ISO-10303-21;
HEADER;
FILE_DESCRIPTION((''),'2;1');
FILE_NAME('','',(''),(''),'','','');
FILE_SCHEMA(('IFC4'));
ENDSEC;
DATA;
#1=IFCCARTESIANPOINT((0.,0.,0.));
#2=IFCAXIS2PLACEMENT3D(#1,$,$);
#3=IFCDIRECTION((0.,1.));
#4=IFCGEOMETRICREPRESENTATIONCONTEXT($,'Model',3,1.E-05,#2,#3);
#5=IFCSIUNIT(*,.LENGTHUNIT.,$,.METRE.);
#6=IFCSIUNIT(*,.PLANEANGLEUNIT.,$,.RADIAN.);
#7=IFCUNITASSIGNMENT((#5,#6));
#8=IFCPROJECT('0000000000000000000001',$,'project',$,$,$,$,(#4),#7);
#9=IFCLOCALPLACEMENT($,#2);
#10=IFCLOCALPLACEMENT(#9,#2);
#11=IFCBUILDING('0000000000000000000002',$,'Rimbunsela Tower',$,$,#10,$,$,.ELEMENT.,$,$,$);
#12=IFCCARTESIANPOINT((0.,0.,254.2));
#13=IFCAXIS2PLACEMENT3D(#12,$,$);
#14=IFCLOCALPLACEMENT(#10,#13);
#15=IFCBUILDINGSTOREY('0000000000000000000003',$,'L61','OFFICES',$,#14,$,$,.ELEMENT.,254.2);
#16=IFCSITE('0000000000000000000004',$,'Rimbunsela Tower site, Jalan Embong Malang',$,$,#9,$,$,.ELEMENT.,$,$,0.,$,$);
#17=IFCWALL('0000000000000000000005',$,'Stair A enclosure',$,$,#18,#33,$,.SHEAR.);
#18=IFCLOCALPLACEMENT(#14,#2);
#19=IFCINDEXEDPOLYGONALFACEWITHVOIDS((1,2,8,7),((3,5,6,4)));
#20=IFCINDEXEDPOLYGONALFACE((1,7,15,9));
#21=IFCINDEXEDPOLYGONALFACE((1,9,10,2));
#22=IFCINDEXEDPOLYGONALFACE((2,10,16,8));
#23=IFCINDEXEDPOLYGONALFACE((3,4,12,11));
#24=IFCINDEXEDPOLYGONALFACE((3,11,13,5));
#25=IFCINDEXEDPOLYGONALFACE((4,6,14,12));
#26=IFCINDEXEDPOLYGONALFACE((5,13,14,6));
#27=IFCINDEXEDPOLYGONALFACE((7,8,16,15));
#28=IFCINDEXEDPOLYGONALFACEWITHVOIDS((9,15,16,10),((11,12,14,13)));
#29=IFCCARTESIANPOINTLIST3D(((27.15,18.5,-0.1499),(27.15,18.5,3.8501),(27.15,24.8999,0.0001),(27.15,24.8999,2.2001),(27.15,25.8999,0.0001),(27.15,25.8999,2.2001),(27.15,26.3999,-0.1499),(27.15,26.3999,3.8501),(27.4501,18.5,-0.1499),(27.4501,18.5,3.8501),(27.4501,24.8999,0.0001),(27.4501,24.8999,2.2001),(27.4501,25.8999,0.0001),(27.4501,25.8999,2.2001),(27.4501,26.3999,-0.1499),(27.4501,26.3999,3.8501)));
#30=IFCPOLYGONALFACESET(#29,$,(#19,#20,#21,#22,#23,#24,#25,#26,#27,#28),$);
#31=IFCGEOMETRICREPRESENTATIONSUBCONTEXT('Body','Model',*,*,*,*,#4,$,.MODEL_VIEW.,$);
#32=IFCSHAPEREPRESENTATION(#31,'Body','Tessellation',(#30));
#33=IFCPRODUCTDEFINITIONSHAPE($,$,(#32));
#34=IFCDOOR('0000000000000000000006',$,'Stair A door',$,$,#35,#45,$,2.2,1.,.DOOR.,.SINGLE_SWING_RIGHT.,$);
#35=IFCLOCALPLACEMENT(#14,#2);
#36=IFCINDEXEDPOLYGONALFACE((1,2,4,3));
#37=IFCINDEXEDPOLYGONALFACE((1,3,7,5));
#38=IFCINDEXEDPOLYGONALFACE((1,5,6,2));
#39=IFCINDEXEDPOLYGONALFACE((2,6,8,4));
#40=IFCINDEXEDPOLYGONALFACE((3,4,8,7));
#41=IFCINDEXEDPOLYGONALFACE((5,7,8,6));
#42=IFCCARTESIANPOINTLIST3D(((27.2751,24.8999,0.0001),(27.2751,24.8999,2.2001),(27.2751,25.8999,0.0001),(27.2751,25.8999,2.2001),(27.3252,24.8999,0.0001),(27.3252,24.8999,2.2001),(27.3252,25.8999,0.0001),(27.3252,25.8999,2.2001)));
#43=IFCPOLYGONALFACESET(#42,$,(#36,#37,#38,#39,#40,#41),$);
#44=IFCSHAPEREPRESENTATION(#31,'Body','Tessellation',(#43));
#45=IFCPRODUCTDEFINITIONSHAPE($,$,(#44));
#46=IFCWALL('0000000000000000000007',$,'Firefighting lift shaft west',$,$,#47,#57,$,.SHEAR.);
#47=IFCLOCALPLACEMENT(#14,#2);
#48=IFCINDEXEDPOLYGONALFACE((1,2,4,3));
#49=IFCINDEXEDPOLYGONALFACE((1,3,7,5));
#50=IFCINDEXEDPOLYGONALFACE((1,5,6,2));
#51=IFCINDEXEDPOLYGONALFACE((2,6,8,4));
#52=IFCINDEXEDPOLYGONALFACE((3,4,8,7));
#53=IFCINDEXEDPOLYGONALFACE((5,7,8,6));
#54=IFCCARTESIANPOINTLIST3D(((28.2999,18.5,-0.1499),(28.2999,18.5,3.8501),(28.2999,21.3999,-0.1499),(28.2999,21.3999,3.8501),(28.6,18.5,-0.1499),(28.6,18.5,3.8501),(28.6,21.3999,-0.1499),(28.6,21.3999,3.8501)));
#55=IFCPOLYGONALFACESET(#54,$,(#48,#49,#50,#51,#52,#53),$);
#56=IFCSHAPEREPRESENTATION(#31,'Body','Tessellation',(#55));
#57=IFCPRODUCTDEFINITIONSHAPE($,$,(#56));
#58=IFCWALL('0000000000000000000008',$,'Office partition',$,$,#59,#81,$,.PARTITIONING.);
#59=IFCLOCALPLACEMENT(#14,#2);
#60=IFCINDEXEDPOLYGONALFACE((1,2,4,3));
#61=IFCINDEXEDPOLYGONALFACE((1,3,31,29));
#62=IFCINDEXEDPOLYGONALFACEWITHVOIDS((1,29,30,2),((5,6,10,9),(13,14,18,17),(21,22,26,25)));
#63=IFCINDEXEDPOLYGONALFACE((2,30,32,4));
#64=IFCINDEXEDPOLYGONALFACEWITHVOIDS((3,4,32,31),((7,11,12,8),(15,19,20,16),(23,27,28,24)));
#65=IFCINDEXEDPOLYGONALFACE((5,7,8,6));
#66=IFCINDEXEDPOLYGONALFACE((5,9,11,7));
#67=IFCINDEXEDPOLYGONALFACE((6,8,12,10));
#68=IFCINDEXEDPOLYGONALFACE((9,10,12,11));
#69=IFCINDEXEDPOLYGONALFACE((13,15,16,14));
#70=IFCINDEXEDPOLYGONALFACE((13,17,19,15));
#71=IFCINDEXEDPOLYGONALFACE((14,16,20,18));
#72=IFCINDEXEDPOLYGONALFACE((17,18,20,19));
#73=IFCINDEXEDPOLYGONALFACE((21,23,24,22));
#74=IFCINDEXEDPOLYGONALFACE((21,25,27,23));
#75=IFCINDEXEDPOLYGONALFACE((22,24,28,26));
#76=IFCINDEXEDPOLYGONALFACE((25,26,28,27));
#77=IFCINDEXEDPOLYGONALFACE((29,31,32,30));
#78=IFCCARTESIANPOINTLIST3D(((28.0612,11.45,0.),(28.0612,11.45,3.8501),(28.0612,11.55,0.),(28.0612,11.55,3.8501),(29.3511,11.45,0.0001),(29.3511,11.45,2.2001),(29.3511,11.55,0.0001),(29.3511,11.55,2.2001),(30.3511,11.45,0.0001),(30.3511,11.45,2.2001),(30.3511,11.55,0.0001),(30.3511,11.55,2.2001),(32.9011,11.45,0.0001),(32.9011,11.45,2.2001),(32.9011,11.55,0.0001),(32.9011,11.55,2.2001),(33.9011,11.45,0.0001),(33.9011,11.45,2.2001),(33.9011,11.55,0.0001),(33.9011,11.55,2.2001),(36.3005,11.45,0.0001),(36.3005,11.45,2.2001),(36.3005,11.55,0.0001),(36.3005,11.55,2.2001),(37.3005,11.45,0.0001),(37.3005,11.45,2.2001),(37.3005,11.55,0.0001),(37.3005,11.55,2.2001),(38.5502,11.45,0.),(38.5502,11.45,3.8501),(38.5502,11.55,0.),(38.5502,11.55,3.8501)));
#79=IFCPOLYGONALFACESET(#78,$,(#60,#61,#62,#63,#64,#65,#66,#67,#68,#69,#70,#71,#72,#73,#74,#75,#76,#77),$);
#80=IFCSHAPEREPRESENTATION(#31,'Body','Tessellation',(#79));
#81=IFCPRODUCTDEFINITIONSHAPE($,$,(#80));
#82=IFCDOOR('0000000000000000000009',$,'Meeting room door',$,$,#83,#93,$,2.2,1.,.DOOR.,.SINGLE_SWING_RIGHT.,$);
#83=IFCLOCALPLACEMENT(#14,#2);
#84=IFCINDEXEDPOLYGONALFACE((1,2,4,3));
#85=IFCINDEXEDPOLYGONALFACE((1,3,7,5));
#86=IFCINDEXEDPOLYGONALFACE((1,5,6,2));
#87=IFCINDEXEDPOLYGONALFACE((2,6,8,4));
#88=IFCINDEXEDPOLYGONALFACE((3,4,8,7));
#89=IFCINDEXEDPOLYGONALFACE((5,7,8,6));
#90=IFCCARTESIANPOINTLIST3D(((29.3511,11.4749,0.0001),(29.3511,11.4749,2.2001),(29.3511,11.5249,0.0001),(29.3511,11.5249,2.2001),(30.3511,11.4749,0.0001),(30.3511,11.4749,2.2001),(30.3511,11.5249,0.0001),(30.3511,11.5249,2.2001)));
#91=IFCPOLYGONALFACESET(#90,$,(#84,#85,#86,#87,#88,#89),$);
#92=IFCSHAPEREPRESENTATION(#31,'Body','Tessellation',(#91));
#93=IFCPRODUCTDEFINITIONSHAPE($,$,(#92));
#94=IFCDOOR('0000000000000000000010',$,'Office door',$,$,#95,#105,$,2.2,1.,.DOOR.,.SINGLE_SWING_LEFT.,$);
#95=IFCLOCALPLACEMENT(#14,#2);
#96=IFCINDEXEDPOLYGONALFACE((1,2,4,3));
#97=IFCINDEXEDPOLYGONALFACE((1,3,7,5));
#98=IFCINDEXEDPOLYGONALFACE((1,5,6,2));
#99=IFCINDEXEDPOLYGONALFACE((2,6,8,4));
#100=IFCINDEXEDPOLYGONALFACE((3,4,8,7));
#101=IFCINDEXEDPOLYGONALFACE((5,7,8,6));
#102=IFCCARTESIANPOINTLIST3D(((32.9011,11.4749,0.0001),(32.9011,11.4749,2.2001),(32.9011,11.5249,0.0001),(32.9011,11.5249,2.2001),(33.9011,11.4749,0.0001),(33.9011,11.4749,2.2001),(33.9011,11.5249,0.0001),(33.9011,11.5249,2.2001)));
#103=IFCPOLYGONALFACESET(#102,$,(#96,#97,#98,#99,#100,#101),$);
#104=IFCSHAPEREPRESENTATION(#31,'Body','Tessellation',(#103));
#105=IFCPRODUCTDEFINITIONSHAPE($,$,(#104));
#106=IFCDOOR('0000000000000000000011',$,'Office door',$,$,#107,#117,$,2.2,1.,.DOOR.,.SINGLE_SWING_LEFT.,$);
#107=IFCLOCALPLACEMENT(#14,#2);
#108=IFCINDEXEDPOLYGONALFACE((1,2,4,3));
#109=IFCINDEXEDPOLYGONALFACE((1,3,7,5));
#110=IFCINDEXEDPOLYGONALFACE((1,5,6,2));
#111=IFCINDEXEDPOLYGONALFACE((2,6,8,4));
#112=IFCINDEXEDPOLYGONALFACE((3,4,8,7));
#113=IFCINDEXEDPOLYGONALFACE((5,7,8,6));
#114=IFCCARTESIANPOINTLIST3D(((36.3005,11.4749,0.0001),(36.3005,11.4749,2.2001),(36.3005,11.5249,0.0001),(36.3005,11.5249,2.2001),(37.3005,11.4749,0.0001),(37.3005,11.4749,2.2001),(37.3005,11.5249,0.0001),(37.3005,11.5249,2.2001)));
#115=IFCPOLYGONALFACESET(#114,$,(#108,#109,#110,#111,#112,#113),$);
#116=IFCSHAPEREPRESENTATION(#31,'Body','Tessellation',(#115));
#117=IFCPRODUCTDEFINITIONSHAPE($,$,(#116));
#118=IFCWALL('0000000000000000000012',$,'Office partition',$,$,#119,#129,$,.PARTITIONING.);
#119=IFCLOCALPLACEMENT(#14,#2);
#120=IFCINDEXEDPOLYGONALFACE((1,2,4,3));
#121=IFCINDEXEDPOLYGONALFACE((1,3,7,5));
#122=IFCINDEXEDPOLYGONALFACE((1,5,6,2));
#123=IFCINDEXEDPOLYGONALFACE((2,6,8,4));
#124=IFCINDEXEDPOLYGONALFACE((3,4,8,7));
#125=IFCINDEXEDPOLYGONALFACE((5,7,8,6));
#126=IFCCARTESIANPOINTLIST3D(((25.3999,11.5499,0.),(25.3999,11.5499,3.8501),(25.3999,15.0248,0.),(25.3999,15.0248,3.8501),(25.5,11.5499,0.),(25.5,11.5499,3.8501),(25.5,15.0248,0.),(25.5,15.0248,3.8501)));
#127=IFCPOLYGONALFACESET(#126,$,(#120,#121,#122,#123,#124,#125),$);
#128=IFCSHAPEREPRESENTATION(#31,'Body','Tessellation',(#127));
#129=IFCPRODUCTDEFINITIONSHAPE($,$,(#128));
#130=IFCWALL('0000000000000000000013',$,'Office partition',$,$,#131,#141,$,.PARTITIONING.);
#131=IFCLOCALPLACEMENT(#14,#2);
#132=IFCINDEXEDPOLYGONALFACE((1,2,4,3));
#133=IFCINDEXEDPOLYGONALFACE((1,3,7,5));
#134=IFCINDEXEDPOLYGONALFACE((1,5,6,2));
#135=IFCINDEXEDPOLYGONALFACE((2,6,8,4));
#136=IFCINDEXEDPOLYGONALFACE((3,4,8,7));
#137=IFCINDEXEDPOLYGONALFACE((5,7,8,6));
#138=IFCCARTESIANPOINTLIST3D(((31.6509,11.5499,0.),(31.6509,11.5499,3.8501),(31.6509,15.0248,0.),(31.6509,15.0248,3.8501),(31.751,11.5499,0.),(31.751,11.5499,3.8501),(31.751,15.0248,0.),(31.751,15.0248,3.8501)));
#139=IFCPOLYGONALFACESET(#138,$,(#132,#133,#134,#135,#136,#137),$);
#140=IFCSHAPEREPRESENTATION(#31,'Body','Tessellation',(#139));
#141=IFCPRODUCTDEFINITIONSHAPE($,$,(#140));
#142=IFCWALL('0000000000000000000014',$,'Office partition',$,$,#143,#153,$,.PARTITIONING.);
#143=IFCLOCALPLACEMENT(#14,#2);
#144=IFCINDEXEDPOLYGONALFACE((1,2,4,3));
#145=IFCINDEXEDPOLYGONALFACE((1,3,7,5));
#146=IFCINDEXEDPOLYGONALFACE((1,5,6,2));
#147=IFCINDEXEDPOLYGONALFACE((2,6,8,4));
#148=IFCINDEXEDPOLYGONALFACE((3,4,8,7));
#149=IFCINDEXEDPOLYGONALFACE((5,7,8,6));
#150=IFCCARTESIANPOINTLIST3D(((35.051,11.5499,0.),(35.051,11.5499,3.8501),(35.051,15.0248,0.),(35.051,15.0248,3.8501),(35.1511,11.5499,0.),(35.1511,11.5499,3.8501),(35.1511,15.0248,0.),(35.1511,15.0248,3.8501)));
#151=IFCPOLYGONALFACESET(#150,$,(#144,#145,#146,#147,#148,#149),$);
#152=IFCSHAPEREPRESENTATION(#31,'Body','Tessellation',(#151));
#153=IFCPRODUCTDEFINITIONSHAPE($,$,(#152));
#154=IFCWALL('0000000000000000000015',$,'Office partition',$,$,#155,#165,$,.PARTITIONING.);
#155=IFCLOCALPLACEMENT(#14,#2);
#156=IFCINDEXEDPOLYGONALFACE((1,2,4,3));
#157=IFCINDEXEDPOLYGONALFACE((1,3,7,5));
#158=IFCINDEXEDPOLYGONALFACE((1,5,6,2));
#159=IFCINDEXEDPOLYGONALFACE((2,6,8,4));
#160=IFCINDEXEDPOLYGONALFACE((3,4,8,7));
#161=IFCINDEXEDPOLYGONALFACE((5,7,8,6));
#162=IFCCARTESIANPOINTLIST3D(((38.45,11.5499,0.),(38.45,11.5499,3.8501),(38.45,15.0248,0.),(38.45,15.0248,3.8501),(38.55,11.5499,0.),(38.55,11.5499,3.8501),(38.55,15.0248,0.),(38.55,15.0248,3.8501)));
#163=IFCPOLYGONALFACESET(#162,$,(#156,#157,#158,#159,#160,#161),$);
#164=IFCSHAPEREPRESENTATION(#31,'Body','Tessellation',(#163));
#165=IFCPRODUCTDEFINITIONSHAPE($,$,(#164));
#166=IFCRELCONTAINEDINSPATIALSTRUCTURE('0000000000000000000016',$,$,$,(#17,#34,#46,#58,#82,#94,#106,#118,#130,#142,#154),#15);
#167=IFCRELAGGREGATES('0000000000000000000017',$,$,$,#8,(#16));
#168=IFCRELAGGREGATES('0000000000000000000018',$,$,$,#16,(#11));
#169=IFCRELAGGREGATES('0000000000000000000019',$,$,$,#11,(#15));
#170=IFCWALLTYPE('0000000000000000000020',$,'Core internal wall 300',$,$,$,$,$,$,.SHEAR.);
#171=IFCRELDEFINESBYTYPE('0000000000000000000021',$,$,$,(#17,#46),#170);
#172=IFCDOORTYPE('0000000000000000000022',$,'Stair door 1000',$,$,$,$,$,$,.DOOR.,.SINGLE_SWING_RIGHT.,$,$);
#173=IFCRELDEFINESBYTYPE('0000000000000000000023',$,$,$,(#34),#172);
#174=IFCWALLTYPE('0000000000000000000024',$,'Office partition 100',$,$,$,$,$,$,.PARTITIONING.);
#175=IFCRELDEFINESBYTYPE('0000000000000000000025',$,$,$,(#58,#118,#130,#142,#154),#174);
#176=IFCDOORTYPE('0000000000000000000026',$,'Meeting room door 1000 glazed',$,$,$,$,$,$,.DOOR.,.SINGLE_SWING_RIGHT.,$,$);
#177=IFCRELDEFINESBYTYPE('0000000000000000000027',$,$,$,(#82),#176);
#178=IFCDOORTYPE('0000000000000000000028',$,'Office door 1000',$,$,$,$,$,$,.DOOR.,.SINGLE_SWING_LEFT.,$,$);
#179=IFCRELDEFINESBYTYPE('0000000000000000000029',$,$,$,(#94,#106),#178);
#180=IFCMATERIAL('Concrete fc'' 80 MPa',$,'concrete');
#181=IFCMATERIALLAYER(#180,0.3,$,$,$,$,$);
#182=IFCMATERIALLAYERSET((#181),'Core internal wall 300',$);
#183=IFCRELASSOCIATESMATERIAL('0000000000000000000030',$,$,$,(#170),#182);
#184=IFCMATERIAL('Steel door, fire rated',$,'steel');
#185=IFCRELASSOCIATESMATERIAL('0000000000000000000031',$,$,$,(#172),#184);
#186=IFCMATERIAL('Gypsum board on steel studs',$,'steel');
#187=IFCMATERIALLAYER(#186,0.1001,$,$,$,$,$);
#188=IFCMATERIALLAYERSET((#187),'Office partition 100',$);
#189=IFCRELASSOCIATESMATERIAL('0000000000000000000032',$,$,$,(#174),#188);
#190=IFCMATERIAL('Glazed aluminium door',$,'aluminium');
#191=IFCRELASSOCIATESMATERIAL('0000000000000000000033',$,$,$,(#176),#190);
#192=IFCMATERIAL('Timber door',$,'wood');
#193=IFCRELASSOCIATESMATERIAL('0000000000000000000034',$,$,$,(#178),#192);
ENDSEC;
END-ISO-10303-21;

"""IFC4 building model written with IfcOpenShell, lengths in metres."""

from ifc_helpers import new_model, si_unit, direction, frame, frame_2d, origin, place, context, subcontext, project, spatial, rectangle, extrude, material, layer, layer_set, type_object, element, fill, save


model = new_model("IFC4")

# Units and contexts
model_context = context("Model", 3, precision=1e-05, world=origin(), true_north=direction((0.0, 1.0)))
body_context = subcontext(model_context, "Body", "Model", "MODEL_VIEW")
ifc_project = project(units=[si_unit("LENGTHUNIT", "METRE"), si_unit("PLANEANGLEUNIT", "RADIAN")], contexts=[model_context])

# Site, building, storey
site_placement = place(None, origin())
site = spatial("IfcSite", under=ifc_project, at=site_placement, Name="Rimbunsela Tower site, Jalan Embong Malang", CompositionType="ELEMENT", RefElevation=0.0)
building_placement = place(site_placement, origin())
building = spatial("IfcBuilding", under=site, at=building_placement, Name="Rimbunsela Tower", CompositionType="ELEMENT")
storey_placement = place(building_placement, frame((0.0, 0.0, 254.2)))
storey = spatial("IfcBuildingStorey", under=building, at=storey_placement, Name="L61", Description="OFFICES", CompositionType="ELEMENT", Elevation=254.2)

# Wall, opening, door
ifc_material_1 = material(Name="Concrete fc' 80 MPa", Category="concrete")
ifc_layer_1 = layer(ifc_material_1, 0.3)
ifc_layer_set_1 = layer_set([ifc_layer_1], Name="Core internal wall 300")
wall_type_1 = type_object("IfcWallType", Name="Core internal wall 300", PredefinedType="SHEAR", material=ifc_layer_set_1)
wall_1_placement = place(storey_placement, frame((27.3, 18.5, -0.1499), z_axis=(0.0, 0.0, 1.0), x_axis=(0.0, 1.0, 0.0)))
wall_1 = element("IfcWall", 1, at=wall_1_placement, inside=storey, type_object=wall_type_1, Name="Stair A enclosure", PredefinedType="SHEAR", context=body_context, shape_type="SweptSolid", body=[
    extrude(rectangle(XDim=7.8999, YDim=0.3, at=frame_2d((3.95, 0.0))), origin(), (0.0, 0.0, 1.0), 4.0),
])
opening_1_placement = place(wall_1_placement, frame((6.3999, 0.0, 0.1499)))
opening_1 = element("IfcOpeningElement", 2, at=opening_1_placement, cuts=wall_1, PredefinedType="OPENING", context=body_context, shape_type="SweptSolid", body=[
    extrude(rectangle(XDim=1.0, YDim=2.2, at=frame_2d((0.5, 1.1001))), frame((0.0, 0.1599, 0.0), z_axis=(0.0, -1.0, 0.0), x_axis=(1.0, 0.0, 0.0)), (0.0, 0.0, 1.0), 0.3201),
])
ifc_material_2 = material(Name="Steel door, fire rated", Category="steel")
door_type_1 = type_object("IfcDoorType", Name="Stair door 1000", OperationType="SINGLE_SWING_RIGHT", PredefinedType="DOOR", material=ifc_material_2)
door_1_placement = place(opening_1_placement, origin())
door_1 = element("IfcDoor", 3, at=door_1_placement, inside=storey, type_object=door_type_1, Name="Stair A door", OperationType="SINGLE_SWING_RIGHT", OverallHeight=2.2, OverallWidth=1.0, PredefinedType="DOOR", context=body_context, shape_type="SweptSolid", body=[
    extrude(rectangle(XDim=1.0, YDim=2.2, at=frame_2d((0.5, 1.1001))), frame((0.0, 0.0249, 0.0), z_axis=(0.0, -1.0, 0.0), x_axis=(1.0, 0.0, 0.0)), (0.0, 0.0, 1.0), 0.05),
])
fill(opening_1, door_1)

# Wall
wall_2_placement = place(storey_placement, frame((28.45, 18.5, -0.1499), z_axis=(0.0, 0.0, 1.0), x_axis=(0.0, 1.0, 0.0)))
element("IfcWall", 4, at=wall_2_placement, inside=storey, type_object=wall_type_1, Name="Firefighting lift shaft west", PredefinedType="SHEAR", context=body_context, shape_type="SweptSolid", body=[
    extrude(rectangle(XDim=2.8999, YDim=0.3, at=frame_2d((1.45, 0.0))), origin(), (0.0, 0.0, 1.0), 4.0),
])

# Wall, openings, doors
ifc_material_3 = material(Name="Gypsum board on steel studs", Category="steel")
ifc_layer_2 = layer(ifc_material_3, 0.1001)
ifc_layer_set_2 = layer_set([ifc_layer_2], Name="Office partition 100")
wall_type_2 = type_object("IfcWallType", Name="Office partition 100", PredefinedType="PARTITIONING", material=ifc_layer_set_2)
wall_3_placement = place(storey_placement, frame((28.061, 11.5, 0.0), z_axis=(0.0, 0.0, 1.0), x_axis=(1.0, 0.0, 0.0)))
wall_3 = element("IfcWall", 5, at=wall_3_placement, inside=storey, type_object=wall_type_2, Name="Office partition", PredefinedType="PARTITIONING", context=body_context, shape_type="SweptSolid", body=[
    extrude(rectangle(XDim=10.489, YDim=0.1001, at=frame_2d((5.2446, 0.0))), origin(), (0.0, 0.0, 1.0), 3.8501),
])
opening_2_placement = place(wall_3_placement, frame((1.29, 0.0, 0.0)))
opening_2 = element("IfcOpeningElement", 6, at=opening_2_placement, cuts=wall_3, PredefinedType="OPENING", context=body_context, shape_type="SweptSolid", body=[
    extrude(rectangle(XDim=1.0, YDim=2.2, at=frame_2d((0.5, 1.1001))), frame((0.0, 0.0601, 0.0), z_axis=(0.0, -1.0, 0.0), x_axis=(1.0, 0.0, 0.0)), (0.0, 0.0, 1.0), 0.1201),
])
opening_3_placement = place(wall_3_placement, frame((4.8401, 0.0, 0.0)))
opening_3 = element("IfcOpeningElement", 7, at=opening_3_placement, cuts=wall_3, PredefinedType="OPENING", context=body_context, shape_type="SweptSolid", body=[
    extrude(rectangle(XDim=1.0, YDim=2.2, at=frame_2d((0.5, 1.1001))), frame((0.0, 0.0601, 0.0), z_axis=(0.0, -1.0, 0.0), x_axis=(1.0, 0.0, 0.0)), (0.0, 0.0, 1.0), 0.1201),
])
opening_4_placement = place(wall_3_placement, frame((8.2395, 0.0, 0.0)))
opening_4 = element("IfcOpeningElement", 8, at=opening_4_placement, cuts=wall_3, PredefinedType="OPENING", context=body_context, shape_type="SweptSolid", body=[
    extrude(rectangle(XDim=1.0, YDim=2.2, at=frame_2d((0.5, 1.1001))), frame((0.0, 0.0601, 0.0), z_axis=(0.0, -1.0, 0.0), x_axis=(1.0, 0.0, 0.0)), (0.0, 0.0, 1.0), 0.1201),
])
ifc_material_4 = material(Name="Glazed aluminium door", Category="aluminium")
door_type_2 = type_object("IfcDoorType", Name="Meeting room door 1000 glazed", OperationType="SINGLE_SWING_RIGHT", PredefinedType="DOOR", material=ifc_material_4)
door_2_placement = place(opening_2_placement, origin())
door_2 = element("IfcDoor", 9, at=door_2_placement, inside=storey, type_object=door_type_2, Name="Meeting room door", OperationType="SINGLE_SWING_RIGHT", OverallHeight=2.2, OverallWidth=1.0, PredefinedType="DOOR", context=body_context, shape_type="SweptSolid", body=[
    extrude(rectangle(XDim=1.0, YDim=2.2, at=frame_2d((0.5, 1.1001))), frame((0.0, 0.0249, 0.0), z_axis=(0.0, -1.0, 0.0), x_axis=(1.0, 0.0, 0.0)), (0.0, 0.0, 1.0), 0.05),
])
fill(opening_2, door_2)
ifc_material_5 = material(Name="Timber door", Category="wood")
door_type_3 = type_object("IfcDoorType", Name="Office door 1000", OperationType="SINGLE_SWING_LEFT", PredefinedType="DOOR", material=ifc_material_5)
door_3_placement = place(opening_3_placement, origin())
door_3 = element("IfcDoor", 10, at=door_3_placement, inside=storey, type_object=door_type_3, Name="Office door", OperationType="SINGLE_SWING_LEFT", OverallHeight=2.2, OverallWidth=1.0, PredefinedType="DOOR", context=body_context, shape_type="SweptSolid", body=[
    extrude(rectangle(XDim=1.0, YDim=2.2, at=frame_2d((0.5, 1.1001))), frame((0.0, 0.0249, 0.0), z_axis=(0.0, -1.0, 0.0), x_axis=(1.0, 0.0, 0.0)), (0.0, 0.0, 1.0), 0.05),
])
fill(opening_3, door_3)
door_4_placement = place(opening_4_placement, origin())
door_4 = element("IfcDoor", 11, at=door_4_placement, inside=storey, type_object=door_type_3, Name="Office door", OperationType="SINGLE_SWING_LEFT", OverallHeight=2.2, OverallWidth=1.0, PredefinedType="DOOR", context=body_context, shape_type="SweptSolid", body=[
    extrude(rectangle(XDim=1.0, YDim=2.2, at=frame_2d((0.5, 1.1001))), frame((0.0, 0.0249, 0.0), z_axis=(0.0, -1.0, 0.0), x_axis=(1.0, 0.0, 0.0)), (0.0, 0.0, 1.0), 0.05),
])
fill(opening_4, door_4)

# Walls
for number, where, z_axis, x_axis, name in (
    (12, (25.45, 11.55, 0.0), (0.0, 0.0, 1.0), (0.0, 1.0, 0.0), "Office partition"),
    (13, (31.7009, 11.55, 0.0), (0.0, 0.0, 1.0), (0.0, 1.0, 0.0), "Office partition"),
    (14, (35.1011, 11.55, 0.0), (0.0, 0.0, 1.0), (0.0, 1.0, 0.0), "Office partition"),
    (15, (38.5, 11.55, 0.0), (0.0, 0.0, 1.0), (0.0, 1.0, 0.0), "Office partition"),
):
    element("IfcWall", number, at=place(storey_placement, frame(where, z_axis=z_axis, x_axis=x_axis)), inside=storey, type_object=wall_type_2, Name=name, PredefinedType="PARTITIONING", context=body_context, shape_type="SweptSolid", body=[
        extrude(rectangle(XDim=3.4749, YDim=0.1001, at=frame_2d((1.7373, 0.0))), origin(), (0.0, 0.0, 1.0), 3.8501),
    ])

save(model, "model.ifc")
